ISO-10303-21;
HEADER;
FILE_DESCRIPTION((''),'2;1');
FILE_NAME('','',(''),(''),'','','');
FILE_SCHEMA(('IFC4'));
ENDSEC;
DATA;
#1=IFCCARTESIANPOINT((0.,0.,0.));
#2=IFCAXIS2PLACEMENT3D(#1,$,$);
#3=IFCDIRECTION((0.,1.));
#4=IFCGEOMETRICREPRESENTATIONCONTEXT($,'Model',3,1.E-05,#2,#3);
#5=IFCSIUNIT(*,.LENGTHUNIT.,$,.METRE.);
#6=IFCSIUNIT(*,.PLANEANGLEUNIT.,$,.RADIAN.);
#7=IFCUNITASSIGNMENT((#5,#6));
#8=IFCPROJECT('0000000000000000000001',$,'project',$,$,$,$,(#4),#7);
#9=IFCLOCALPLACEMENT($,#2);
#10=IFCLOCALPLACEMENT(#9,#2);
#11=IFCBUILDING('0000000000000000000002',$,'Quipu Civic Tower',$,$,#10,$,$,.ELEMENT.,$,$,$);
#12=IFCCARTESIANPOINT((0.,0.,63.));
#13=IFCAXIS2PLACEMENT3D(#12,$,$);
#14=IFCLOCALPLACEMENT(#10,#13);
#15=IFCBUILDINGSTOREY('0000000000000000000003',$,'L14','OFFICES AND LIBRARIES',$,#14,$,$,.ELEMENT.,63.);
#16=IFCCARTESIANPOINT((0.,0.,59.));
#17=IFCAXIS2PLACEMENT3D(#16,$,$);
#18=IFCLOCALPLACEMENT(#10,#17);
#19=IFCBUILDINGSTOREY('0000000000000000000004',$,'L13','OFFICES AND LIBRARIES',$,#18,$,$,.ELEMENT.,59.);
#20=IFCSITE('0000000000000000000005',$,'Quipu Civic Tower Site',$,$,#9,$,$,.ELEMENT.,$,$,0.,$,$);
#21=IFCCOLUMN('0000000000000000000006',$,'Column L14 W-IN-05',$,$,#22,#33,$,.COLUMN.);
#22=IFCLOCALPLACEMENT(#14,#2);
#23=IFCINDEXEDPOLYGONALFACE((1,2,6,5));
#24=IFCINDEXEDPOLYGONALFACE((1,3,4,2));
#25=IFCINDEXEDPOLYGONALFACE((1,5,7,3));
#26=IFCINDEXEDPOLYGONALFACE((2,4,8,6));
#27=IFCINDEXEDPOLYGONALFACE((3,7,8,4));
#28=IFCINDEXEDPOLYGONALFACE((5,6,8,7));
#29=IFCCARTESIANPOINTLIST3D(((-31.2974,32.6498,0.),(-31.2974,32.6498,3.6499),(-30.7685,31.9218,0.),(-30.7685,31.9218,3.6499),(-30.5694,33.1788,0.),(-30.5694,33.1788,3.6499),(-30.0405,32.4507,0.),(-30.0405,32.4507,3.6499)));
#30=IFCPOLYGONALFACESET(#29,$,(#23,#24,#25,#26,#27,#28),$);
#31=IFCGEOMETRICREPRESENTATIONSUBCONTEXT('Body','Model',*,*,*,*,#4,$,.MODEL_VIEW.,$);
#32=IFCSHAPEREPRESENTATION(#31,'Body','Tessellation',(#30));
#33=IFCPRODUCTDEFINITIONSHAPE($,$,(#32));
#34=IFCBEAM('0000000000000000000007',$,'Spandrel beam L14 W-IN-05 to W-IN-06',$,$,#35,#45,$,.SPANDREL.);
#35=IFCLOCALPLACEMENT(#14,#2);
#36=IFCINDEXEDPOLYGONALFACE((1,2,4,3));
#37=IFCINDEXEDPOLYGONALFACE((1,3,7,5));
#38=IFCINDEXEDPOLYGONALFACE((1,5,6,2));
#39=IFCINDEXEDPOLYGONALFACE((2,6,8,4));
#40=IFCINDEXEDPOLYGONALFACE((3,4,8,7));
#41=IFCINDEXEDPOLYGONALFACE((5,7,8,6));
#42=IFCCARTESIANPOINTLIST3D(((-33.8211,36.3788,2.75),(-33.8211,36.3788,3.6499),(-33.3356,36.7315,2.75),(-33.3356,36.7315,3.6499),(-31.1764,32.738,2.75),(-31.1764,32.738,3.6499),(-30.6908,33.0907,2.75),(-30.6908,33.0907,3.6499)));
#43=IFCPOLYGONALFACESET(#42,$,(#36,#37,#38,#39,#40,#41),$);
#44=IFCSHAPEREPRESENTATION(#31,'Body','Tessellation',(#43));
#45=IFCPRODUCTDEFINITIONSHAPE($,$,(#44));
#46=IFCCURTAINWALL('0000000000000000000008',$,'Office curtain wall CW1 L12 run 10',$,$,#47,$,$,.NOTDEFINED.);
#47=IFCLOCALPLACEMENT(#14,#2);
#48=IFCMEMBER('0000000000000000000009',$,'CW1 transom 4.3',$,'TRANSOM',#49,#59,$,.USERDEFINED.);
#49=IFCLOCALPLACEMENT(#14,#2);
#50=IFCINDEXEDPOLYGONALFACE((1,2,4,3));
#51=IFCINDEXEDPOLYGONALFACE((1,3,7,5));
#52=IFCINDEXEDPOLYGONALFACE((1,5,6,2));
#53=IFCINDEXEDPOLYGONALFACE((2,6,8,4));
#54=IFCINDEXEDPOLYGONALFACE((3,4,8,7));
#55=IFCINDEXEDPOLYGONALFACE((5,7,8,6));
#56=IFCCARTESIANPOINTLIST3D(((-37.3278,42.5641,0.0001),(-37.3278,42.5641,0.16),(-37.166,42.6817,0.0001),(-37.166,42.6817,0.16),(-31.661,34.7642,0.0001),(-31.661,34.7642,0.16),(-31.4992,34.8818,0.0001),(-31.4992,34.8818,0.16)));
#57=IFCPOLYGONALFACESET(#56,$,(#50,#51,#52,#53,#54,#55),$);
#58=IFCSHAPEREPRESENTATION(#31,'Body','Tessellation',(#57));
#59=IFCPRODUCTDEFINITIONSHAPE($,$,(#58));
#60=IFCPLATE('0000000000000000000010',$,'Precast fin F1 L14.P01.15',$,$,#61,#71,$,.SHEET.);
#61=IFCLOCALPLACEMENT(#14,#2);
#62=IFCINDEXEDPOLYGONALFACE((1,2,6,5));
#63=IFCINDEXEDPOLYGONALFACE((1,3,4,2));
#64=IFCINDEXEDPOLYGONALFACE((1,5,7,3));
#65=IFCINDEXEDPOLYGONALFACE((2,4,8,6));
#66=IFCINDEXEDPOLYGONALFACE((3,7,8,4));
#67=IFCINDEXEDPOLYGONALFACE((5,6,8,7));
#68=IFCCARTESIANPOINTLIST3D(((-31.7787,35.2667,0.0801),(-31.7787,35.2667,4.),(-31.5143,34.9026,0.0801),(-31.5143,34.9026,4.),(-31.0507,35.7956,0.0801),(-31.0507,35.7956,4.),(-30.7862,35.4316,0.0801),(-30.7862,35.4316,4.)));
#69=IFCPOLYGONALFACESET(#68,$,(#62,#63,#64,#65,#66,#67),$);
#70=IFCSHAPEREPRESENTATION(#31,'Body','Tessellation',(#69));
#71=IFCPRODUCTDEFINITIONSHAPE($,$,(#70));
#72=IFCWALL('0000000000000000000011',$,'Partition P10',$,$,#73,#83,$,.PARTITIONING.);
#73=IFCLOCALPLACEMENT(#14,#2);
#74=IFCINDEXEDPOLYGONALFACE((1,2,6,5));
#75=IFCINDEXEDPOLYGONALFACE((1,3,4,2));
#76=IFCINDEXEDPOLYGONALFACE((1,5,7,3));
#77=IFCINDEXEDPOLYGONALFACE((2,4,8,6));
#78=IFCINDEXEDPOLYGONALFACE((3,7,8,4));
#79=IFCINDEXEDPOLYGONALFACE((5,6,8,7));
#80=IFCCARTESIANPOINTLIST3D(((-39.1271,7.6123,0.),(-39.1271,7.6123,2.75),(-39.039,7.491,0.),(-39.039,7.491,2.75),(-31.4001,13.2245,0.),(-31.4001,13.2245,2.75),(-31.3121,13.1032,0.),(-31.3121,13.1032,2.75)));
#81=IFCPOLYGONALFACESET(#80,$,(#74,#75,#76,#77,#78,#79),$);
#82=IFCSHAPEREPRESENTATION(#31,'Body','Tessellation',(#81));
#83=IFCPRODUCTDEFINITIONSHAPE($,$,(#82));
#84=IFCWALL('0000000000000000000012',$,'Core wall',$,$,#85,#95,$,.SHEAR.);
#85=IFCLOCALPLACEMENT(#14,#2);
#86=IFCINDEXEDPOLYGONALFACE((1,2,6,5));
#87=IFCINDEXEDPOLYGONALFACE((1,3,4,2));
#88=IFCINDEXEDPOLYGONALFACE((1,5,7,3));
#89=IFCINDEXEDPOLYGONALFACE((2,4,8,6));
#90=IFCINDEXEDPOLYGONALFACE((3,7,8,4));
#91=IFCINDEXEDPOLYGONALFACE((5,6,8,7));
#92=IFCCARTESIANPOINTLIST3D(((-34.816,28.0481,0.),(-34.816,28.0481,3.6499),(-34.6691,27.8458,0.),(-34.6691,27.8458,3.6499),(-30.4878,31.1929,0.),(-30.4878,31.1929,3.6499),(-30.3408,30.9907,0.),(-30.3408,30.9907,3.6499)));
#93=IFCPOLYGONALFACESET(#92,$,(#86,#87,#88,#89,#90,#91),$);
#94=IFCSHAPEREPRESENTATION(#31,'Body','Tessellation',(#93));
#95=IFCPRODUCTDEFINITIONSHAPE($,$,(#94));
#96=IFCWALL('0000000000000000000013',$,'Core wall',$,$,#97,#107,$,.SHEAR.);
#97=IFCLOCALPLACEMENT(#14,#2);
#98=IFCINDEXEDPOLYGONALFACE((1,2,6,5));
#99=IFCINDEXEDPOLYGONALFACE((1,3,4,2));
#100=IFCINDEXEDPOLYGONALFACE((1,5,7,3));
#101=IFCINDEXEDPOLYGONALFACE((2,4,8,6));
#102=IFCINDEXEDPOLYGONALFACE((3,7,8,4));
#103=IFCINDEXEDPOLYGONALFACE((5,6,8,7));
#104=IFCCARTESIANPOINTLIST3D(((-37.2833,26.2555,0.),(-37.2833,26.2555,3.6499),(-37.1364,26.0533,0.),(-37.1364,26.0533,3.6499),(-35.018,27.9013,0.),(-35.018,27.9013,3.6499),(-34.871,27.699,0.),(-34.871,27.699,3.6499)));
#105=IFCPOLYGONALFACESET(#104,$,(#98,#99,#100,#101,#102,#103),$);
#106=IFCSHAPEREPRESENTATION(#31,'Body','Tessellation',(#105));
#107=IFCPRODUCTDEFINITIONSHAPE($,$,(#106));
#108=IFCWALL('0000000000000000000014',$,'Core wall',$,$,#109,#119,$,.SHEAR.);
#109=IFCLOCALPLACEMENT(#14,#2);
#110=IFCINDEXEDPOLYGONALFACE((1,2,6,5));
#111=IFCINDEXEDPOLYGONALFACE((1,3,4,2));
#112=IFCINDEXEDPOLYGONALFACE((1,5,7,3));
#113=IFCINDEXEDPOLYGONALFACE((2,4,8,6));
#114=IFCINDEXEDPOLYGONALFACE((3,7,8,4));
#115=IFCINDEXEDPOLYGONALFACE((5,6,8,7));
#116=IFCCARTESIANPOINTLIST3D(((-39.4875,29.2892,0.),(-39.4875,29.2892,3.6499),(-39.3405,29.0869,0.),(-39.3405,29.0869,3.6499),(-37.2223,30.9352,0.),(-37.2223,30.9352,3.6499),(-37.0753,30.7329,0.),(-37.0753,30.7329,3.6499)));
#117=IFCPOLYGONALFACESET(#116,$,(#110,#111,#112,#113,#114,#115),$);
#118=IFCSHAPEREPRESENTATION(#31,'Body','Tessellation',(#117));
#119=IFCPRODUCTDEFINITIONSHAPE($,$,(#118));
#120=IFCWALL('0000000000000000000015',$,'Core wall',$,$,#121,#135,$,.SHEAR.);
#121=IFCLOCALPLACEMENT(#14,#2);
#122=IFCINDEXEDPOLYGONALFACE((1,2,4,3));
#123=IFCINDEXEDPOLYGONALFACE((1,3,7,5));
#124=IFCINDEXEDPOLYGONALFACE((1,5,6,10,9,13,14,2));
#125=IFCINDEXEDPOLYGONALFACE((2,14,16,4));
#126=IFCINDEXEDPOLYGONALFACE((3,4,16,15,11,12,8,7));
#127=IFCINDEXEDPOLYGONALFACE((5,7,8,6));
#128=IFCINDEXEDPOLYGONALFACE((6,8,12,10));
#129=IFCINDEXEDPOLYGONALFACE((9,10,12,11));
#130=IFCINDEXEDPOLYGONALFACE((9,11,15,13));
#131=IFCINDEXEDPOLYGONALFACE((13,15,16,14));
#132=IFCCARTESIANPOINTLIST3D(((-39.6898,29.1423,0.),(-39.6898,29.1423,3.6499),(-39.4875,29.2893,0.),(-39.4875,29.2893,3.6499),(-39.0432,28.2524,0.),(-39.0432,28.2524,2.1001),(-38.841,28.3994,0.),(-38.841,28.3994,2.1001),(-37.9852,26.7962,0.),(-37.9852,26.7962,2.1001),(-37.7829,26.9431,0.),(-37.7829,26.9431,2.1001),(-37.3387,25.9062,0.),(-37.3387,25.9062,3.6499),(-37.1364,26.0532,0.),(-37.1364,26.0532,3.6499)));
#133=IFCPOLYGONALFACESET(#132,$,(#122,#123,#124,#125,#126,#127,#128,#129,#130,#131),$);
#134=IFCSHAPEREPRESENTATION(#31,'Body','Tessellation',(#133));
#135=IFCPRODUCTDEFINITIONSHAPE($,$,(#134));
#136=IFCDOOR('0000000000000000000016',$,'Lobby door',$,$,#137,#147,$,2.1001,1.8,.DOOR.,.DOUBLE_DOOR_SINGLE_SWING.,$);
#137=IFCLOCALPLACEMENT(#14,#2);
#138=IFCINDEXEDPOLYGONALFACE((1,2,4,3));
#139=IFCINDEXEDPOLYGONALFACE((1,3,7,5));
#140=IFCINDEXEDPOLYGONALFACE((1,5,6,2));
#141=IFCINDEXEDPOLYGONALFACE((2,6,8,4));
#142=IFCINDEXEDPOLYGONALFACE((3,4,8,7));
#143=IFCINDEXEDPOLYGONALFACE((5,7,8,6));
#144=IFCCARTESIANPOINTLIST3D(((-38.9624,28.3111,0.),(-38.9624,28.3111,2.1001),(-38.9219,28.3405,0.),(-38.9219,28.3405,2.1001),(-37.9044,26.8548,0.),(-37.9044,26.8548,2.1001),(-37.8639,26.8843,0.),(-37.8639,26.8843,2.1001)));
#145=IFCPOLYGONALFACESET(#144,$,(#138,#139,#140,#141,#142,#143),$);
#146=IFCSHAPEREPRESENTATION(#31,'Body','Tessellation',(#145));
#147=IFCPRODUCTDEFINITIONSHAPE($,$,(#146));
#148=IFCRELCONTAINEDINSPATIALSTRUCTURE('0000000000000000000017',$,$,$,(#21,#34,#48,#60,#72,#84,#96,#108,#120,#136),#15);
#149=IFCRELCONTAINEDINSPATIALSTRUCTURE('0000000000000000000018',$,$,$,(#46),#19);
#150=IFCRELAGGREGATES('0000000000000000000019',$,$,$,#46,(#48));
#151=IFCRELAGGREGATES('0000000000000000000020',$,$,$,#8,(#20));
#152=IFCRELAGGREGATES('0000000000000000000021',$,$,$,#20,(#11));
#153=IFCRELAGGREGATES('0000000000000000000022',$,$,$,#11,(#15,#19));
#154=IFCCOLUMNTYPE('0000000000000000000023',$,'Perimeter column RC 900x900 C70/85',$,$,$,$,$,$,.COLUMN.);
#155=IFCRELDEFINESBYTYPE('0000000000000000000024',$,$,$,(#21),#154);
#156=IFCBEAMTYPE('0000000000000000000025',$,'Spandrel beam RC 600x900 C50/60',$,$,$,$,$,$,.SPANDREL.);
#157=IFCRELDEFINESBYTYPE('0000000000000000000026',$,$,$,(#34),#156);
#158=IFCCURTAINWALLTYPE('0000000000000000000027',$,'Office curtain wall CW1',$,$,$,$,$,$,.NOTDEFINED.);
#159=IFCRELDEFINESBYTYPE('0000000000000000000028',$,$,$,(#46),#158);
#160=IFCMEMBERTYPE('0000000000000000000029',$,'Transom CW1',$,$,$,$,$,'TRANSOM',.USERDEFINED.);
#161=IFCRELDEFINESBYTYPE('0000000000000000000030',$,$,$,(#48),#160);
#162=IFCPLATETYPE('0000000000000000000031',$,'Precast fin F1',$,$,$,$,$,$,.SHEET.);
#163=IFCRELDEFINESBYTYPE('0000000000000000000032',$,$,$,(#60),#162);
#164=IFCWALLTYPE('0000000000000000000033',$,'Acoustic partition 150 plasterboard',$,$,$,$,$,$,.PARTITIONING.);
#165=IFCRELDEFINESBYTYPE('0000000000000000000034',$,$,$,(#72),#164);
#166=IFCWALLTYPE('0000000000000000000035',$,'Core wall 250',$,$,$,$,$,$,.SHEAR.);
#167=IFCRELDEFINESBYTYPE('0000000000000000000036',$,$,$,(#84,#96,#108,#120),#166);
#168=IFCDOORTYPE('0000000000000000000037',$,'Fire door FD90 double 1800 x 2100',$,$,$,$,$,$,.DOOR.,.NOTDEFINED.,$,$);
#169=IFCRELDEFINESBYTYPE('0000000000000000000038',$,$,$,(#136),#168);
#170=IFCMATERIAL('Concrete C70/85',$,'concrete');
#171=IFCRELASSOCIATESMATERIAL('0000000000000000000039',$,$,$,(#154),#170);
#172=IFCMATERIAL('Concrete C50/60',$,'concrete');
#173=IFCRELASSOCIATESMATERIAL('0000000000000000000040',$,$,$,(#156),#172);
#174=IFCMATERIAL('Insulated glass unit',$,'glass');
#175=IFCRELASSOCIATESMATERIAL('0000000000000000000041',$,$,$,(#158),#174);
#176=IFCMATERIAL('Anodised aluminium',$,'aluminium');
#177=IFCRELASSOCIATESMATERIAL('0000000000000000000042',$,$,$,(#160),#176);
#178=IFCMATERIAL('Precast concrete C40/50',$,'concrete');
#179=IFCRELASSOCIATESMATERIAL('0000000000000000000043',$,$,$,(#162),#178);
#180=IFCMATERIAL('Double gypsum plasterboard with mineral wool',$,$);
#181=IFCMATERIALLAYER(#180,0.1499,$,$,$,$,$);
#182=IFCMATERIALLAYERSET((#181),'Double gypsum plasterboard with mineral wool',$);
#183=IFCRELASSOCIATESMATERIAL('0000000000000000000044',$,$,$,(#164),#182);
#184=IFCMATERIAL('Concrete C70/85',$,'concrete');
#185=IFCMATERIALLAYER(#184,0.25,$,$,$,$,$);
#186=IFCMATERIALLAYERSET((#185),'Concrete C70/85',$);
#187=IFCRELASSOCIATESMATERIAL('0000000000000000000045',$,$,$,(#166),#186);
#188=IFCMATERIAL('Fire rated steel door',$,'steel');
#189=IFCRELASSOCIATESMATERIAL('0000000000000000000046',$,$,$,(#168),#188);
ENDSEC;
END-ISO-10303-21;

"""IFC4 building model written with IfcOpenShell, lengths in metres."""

from ifc_helpers import new_model, si_unit, direction, frame, frame_2d, origin, origin_2d, place, context, subcontext, project, spatial, rectangle, extrude, material, layer, layer_set, material_profile, profile_set, type_object, element, fill, aggregate, save


model = new_model("IFC4")

# Units and contexts
model_context = context("Model", 3, precision=1e-05, world=origin(), true_north=direction((0.0, 1.0)))
body_context = subcontext(model_context, "Body", "Model", "MODEL_VIEW")
ifc_project = project(units=[si_unit("LENGTHUNIT", "METRE"), si_unit("PLANEANGLEUNIT", "RADIAN")], contexts=[model_context])

# Site, building, storey
site_placement = place(None, origin())
site = spatial("IfcSite", under=ifc_project, at=site_placement, Name="Quipu Civic Tower Site", CompositionType="ELEMENT", RefElevation=0.0)
building_placement = place(site_placement, origin())
building = spatial("IfcBuilding", under=site, at=building_placement, Name="Quipu Civic Tower", CompositionType="ELEMENT")
storey_1_placement = place(building_placement, frame((0.0, 0.0, 63.0)))
storey_1 = spatial("IfcBuildingStorey", under=building, at=storey_1_placement, Name="L14", Description="OFFICES AND LIBRARIES", CompositionType="ELEMENT", Elevation=63.0)

# Column
ifc_material_1 = material(Name="Concrete C70/85", Category="concrete")
ifc_material_profile_1 = material_profile(ifc_material_1, rectangle(XDim=0.8999, YDim=0.8999, at=origin_2d()), Name="RC900x900")
ifc_profile_set_1 = profile_set([ifc_material_profile_1], Name="Concrete C70/85")
column_type = type_object("IfcColumnType", Name="Perimeter column RC 900x900 C70/85", PredefinedType="COLUMN", material=ifc_profile_set_1)
column_placement = place(storey_1_placement, frame((-30.6689, 32.5503, 0.0), z_axis=(0.0, 0.0, 1.0), x_axis=(-0.587785, 0.809017, 0.0)))
element("IfcColumn", 1, at=column_placement, inside=storey_1, type_object=column_type, Name="Column L14 W-IN-05", PredefinedType="COLUMN", context=body_context, shape_type="SweptSolid", body=[
    extrude(rectangle(XDim=0.8999, YDim=0.8999, at=origin_2d()), origin(), (0.0, 0.0, 1.0), 3.6499),
])

# Beam
ifc_material_2 = material(Name="Concrete C50/60", Category="concrete")
ifc_material_profile_2 = material_profile(ifc_material_2, rectangle(XDim=0.6001, YDim=0.8999, at=origin_2d()), Name="RC600x900")
ifc_profile_set_2 = profile_set([ifc_material_profile_2], Name="Concrete C50/60")
beam_type = type_object("IfcBeamType", Name="Spandrel beam RC 600x900 C50/60", PredefinedType="SPANDREL", material=ifc_profile_set_2)
beam_placement = place(storey_1_placement, frame((-30.9336, 32.9143, 3.2), z_axis=(-0.587717, 0.809067, 0.0), x_axis=(-0.809067, -0.587717, 0.0)))
element("IfcBeam", 2, at=beam_placement, inside=storey_1, type_object=beam_type, Name="Spandrel beam L14 W-IN-05 to W-IN-06", PredefinedType="SPANDREL", context=body_context, shape_type="SweptSolid", body=[
    extrude(rectangle(XDim=0.6001, YDim=0.8999, at=origin_2d()), origin(), (0.0, 0.0, 1.0), 4.5),
])

# Shared definitions
storey_2_placement = place(building_placement, frame((0.0, 0.0, 59.0)))
storey_2 = spatial("IfcBuildingStorey", under=building, at=storey_2_placement, Name="L13", Description="OFFICES AND LIBRARIES", CompositionType="ELEMENT", Elevation=59.0)

# Curtain wall, member
ifc_material_3 = material(Name="Insulated glass unit", Category="glass")
curtain_wall_type = type_object("IfcCurtainWallType", Name="Office curtain wall CW1", PredefinedType="NOTDEFINED", material=ifc_material_3)
curtain_wall_placement = place(storey_2_placement, origin())
curtain_wall = element("IfcCurtainWall", 3, at=curtain_wall_placement, inside=storey_2, type_object=curtain_wall_type, Name="Office curtain wall CW1 L12 run 10", PredefinedType="NOTDEFINED")
ifc_material_4 = material(Name="Anodised aluminium", Category="aluminium")
ifc_material_profile_3 = material_profile(ifc_material_4, rectangle(XDim=0.2, YDim=0.1599, at=origin_2d()), Name="RECT 200x160")
ifc_profile_set_3 = profile_set([ifc_material_profile_3], Name="Anodised aluminium")
member_type = type_object("IfcMemberType", Name="Transom CW1", ElementType="TRANSOM", PredefinedType="USERDEFINED", material=ifc_profile_set_3)
member_placement = place(storey_1_placement, frame((-31.5801, 34.823, 0.0801), z_axis=(-0.587776, 0.809024, 0.0), x_axis=(-0.809024, -0.587776, 0.0)))
member = element("IfcMember", 4, at=member_placement, inside=storey_1, type_object=member_type, Name="CW1 transom 4.3", ObjectType="TRANSOM", PredefinedType="USERDEFINED", context=body_context, shape_type="SweptSolid", body=[
    extrude(rectangle(XDim=0.2, YDim=0.1599, at=origin_2d()), origin(), (0.0, 0.0, 1.0), 9.6411),
])
aggregate(curtain_wall, [member])

# Plate
ifc_material_5 = material(Name="Precast concrete C40/50", Category="concrete")
plate_type = type_object("IfcPlateType", Name="Precast fin F1", PredefinedType="SHEET", material=ifc_material_5)
plate_placement = place(storey_1_placement, frame((-31.2825, 35.3491, 0.0801), z_axis=(0.0, 0.0, 1.0), x_axis=(-0.587785, 0.809017, 0.0)))
element("IfcPlate", 5, at=plate_placement, inside=storey_1, type_object=plate_type, Name="Precast fin F1 L14.P01.15", PredefinedType="SHEET", context=body_context, shape_type="SweptSolid", body=[
    extrude(rectangle(XDim=0.45, YDim=0.8999, at=origin_2d()), origin(), (0.0, 0.0, 1.0), 3.9199),
])

# Walls
ifc_material_6 = material(Name="Double gypsum plasterboard with mineral wool")
ifc_layer_1 = layer(ifc_material_6, 0.1499)
ifc_layer_set_1 = layer_set([ifc_layer_1], Name="Double gypsum plasterboard with mineral wool")
wall_type_1 = type_object("IfcWallType", Name="Acoustic partition 150 plasterboard", PredefinedType="PARTITIONING", material=ifc_layer_set_1)
wall_1_placement = place(storey_1_placement, frame((-31.3562, 13.1638, 0.0), z_axis=(0.0, 0.0, 1.0), x_axis=(-0.809103, -0.587667, 0.0)))
element("IfcWall", 6, at=wall_1_placement, inside=storey_1, type_object=wall_type_1, Name="Partition P10", PredefinedType="PARTITIONING", context=body_context, shape_type="SweptSolid", body=[
    extrude(rectangle(XDim=9.55, YDim=0.1499, at=frame_2d((4.7749, 0.0))), origin(), (0.0, 0.0, 1.0), 2.75),
])
ifc_material_7 = material(Name="Concrete C70/85", Category="concrete")
ifc_layer_2 = layer(ifc_material_7, 0.25)
ifc_layer_set_2 = layer_set([ifc_layer_2], Name="Concrete C70/85")
wall_type_2 = type_object("IfcWallType", Name="Core wall 250", PredefinedType="SHEAR", material=ifc_layer_set_2)
wall_2_placement = place(storey_1_placement, frame((-30.4143, 31.0918, 0.0), z_axis=(0.0, 0.0, 1.0), x_axis=(-0.808998, -0.587811, 0.0)))
element("IfcWall", 7, at=wall_2_placement, inside=storey_1, type_object=wall_type_2, Name="Core wall", PredefinedType="SHEAR", context=body_context, shape_type="SweptSolid", body=[
    extrude(rectangle(XDim=5.3501, YDim=0.25, at=frame_2d((2.675, 0.0))), origin(), (0.0, 0.0, 1.0), 3.6499),
])
for number, where, z_axis, x_axis, name in (
    (8, (-34.9446, 27.8, 0.0), (0.0, 0.0, 1.0), (-0.809041, -0.587752, 0.0), "Core wall"),
    (9, (-37.1489, 30.834, 0.0), (0.0, 0.0, 1.0), (-0.80897, -0.58785, 0.0), "Core wall"),
):
    element("IfcWall", number, at=place(storey_1_placement, frame(where, z_axis=z_axis, x_axis=x_axis)), inside=storey_1, type_object=wall_type_2, Name=name, PredefinedType="SHEAR", context=body_context, shape_type="SweptSolid", body=[
        extrude(rectangle(XDim=2.8, YDim=0.25, at=frame_2d((1.3999, 0.0))), origin(), (0.0, 0.0, 1.0), 3.6499),
    ])

# Wall, opening, door
wall_3_placement = place(storey_1_placement, frame((-39.5886, 29.2158, 0.0), z_axis=(0.0, 0.0, 1.0), x_axis=(0.587772, -0.809026, 0.0)))
wall_3 = element("IfcWall", 10, at=wall_3_placement, inside=storey_1, type_object=wall_type_2, Name="Core wall", PredefinedType="SHEAR", context=body_context, shape_type="SweptSolid", body=[
    extrude(rectangle(XDim=4.0, YDim=0.25, at=frame_2d((2.0, 0.0))), origin(), (0.0, 0.0, 1.0), 3.6499),
])
opening_1_placement = place(wall_3_placement, frame((1.1001, 0.0, 0.0)))
opening_1 = element("IfcOpeningElement", 11, at=opening_1_placement, cuts=wall_3, PredefinedType="OPENING", context=body_context, shape_type="SweptSolid", body=[
    extrude(rectangle(XDim=1.8, YDim=2.1001, at=frame_2d((0.8999, 1.05))), frame((0.0, 0.135, 0.0), z_axis=(0.0, -1.0, 0.0), x_axis=(1.0, 0.0, 0.0)), (0.0, 0.0, 1.0), 0.27),
])
ifc_material_8 = material(Name="Fire rated steel door", Category="steel")
door_type_1 = type_object("IfcDoorType", Name="Fire door FD90 double 1800 x 2100", OperationType="NOTDEFINED", PredefinedType="DOOR", material=ifc_material_8)
door_1_placement = place(opening_1_placement, origin())
door_1 = element("IfcDoor", 12, at=door_1_placement, inside=storey_1, type_object=door_type_1, Name="Lobby door", OperationType="DOUBLE_DOOR_SINGLE_SWING", OverallHeight=2.1001, OverallWidth=1.8, PredefinedType="DOOR", context=body_context, shape_type="SweptSolid", body=[
    extrude(rectangle(XDim=1.8, YDim=2.1001, at=frame_2d((0.8999, 1.05))), frame((0.0, 0.0249, 0.0), z_axis=(0.0, -1.0, 0.0), x_axis=(1.0, 0.0, 0.0)), (0.0, 0.0, 1.0), 0.05),
])
fill(opening_1, door_1)

save(model, "model.ifc")
